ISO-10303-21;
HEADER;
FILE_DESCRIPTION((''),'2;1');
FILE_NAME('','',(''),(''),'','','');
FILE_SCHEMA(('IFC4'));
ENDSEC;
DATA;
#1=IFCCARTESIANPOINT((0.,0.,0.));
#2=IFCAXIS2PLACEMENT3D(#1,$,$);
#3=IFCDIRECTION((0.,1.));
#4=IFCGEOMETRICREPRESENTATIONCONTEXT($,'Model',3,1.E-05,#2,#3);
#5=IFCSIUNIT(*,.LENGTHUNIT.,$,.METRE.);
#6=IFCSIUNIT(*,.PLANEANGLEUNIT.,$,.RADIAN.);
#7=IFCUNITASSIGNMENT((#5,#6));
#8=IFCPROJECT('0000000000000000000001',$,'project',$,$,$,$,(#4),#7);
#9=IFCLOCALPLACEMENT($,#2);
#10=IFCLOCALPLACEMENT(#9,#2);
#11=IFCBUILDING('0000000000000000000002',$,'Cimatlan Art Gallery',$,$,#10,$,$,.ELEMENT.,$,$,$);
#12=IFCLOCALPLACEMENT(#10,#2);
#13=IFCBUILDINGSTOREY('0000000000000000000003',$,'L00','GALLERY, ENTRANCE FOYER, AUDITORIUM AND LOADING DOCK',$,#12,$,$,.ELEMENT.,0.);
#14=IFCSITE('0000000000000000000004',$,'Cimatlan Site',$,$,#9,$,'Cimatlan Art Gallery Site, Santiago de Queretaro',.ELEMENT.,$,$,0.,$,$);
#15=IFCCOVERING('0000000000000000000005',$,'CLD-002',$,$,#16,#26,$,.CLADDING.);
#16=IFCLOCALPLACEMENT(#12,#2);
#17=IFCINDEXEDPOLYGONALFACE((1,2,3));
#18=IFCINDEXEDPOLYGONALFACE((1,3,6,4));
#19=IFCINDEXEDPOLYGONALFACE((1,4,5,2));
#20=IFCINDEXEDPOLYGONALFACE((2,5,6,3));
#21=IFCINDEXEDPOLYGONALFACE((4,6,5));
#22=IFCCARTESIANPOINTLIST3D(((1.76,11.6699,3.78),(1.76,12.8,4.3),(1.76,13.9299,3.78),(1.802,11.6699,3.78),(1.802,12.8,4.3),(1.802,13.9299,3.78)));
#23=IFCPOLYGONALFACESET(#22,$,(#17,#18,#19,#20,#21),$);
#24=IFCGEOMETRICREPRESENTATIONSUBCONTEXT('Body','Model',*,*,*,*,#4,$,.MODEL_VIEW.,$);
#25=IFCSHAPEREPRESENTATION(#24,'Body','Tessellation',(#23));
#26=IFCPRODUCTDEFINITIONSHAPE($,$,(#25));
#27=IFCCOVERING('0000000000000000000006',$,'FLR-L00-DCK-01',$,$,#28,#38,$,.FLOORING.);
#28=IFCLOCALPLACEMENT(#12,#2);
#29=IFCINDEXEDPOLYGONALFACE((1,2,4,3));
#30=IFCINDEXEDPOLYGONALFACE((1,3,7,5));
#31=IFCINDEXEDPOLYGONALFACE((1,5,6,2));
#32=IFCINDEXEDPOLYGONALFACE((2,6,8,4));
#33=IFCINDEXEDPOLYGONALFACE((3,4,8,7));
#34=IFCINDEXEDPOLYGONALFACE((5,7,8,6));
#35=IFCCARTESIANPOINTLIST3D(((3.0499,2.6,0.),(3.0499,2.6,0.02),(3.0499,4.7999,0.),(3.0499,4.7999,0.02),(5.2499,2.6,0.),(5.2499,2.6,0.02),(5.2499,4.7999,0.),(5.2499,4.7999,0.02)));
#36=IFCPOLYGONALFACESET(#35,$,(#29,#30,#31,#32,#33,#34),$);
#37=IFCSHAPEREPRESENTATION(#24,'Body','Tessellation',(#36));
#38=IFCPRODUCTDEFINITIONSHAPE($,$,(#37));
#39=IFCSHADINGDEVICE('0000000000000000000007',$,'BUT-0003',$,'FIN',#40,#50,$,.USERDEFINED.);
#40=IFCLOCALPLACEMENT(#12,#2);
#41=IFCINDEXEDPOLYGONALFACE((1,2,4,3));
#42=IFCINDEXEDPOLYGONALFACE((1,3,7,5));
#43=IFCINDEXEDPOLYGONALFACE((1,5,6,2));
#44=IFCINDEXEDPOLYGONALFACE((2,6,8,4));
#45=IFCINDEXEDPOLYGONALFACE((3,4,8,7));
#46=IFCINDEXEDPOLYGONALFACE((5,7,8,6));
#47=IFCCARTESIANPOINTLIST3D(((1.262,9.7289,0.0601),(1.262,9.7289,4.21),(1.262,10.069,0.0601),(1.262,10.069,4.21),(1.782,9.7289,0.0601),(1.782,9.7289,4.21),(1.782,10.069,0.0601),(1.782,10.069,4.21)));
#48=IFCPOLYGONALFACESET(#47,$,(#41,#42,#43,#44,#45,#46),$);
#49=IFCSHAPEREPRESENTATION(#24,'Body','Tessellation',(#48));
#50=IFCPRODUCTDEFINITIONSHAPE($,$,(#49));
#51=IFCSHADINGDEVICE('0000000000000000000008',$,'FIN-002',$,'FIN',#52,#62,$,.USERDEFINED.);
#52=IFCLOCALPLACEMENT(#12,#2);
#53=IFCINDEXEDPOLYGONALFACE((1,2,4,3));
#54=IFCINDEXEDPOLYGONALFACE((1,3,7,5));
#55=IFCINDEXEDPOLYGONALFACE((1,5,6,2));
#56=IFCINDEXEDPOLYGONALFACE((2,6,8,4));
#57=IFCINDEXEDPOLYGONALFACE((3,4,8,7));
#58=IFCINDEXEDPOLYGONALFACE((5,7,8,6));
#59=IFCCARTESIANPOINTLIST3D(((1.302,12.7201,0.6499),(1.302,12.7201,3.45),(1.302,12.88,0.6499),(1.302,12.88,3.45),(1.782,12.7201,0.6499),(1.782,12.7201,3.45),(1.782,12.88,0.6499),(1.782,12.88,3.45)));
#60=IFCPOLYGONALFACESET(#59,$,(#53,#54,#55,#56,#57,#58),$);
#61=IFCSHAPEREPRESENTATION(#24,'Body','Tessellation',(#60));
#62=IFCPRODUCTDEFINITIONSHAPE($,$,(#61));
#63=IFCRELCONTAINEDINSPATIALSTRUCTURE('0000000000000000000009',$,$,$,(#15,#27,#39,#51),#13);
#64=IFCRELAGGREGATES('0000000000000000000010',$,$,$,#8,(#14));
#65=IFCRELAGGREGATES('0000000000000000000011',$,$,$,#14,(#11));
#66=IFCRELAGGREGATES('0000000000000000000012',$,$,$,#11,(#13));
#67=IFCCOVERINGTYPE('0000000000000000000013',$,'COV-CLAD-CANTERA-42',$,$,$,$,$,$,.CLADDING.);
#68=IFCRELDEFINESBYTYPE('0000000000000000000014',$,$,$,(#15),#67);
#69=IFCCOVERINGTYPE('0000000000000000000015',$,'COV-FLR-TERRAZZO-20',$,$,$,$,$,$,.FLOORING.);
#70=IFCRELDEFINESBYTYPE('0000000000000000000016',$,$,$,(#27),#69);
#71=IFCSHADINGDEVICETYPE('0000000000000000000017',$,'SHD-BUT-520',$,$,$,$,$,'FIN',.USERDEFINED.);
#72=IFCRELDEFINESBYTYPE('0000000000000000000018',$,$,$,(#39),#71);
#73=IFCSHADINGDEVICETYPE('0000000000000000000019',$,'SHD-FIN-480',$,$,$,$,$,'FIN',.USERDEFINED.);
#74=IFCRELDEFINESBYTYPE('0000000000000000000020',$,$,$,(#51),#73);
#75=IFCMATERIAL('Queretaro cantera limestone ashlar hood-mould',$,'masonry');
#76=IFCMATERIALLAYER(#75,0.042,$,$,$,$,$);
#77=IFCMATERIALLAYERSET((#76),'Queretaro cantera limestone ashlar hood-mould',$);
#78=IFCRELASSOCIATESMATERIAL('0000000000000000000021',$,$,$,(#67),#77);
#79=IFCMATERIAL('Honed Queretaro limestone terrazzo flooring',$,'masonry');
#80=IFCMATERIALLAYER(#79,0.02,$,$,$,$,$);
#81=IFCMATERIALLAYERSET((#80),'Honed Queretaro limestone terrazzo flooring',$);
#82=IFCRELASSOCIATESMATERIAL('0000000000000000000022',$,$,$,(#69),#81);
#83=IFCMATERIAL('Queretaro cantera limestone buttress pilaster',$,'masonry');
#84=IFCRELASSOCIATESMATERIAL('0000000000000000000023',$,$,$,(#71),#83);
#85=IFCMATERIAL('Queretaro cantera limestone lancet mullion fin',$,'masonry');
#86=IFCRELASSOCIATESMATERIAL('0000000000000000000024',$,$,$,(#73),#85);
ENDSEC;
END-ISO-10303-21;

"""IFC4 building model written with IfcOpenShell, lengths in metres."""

from ifc_helpers import new_model, si_unit, direction, frame, origin, origin_2d, place, context, subcontext, project, spatial, polyline, rectangle, outline, extrude, material, layer, layer_set, type_object, element, save


model = new_model("IFC4")

# Units and contexts
model_context = context("Model", 3, precision=1e-05, world=origin(), true_north=direction((0.0, 1.0)))
body_context = subcontext(model_context, "Body", "Model", "MODEL_VIEW")
ifc_project = project(units=[si_unit("LENGTHUNIT", "METRE"), si_unit("PLANEANGLEUNIT", "RADIAN")], contexts=[model_context])

# Site, building, storey
site_placement = place(None, origin())
site = spatial("IfcSite", under=ifc_project, at=site_placement, Name="Cimatlan Site", LongName="Cimatlan Art Gallery Site, Santiago de Queretaro", CompositionType="ELEMENT", RefElevation=0.0)
building_placement = place(site_placement, origin())
building = spatial("IfcBuilding", under=site, at=building_placement, Name="Cimatlan Art Gallery", CompositionType="ELEMENT")
storey_placement = place(building_placement, origin())
storey = spatial("IfcBuildingStorey", under=building, at=storey_placement, Name="L00", Description="GALLERY, ENTRANCE FOYER, AUDITORIUM AND LOADING DOCK", CompositionType="ELEMENT", Elevation=0.0)

# Coverings
ifc_material_1 = material(Name="Queretaro cantera limestone ashlar hood-mould", Category="masonry")
ifc_layer_1 = layer(ifc_material_1, 0.042)
ifc_layer_set_1 = layer_set([ifc_layer_1], Name="Queretaro cantera limestone ashlar hood-mould")
covering_type_1 = type_object("IfcCoveringType", Name="COV-CLAD-CANTERA-42", PredefinedType="CLADDING", material=ifc_layer_set_1)
covering_1_placement = place(storey_placement, frame((1.802, 11.6699, 3.78), z_axis=(1.0, 0.0, 0.0), x_axis=(0.0, 1.0, 0.0)))
element("IfcCovering", 1, at=covering_1_placement, inside=storey, type_object=covering_type_1, Name="CLD-002", PredefinedType="CLADDING", context=body_context, shape_type="SweptSolid", body=[
    extrude(outline(polyline([(0.0, 0.0), (2.26, 0.0), (1.1301, 0.52), (0.0, 0.0)])), origin(), (0.0, 0.0, -1.0), 0.042),
])
ifc_material_2 = material(Name="Honed Queretaro limestone terrazzo flooring", Category="masonry")
ifc_layer_2 = layer(ifc_material_2, 0.02)
ifc_layer_set_2 = layer_set([ifc_layer_2], Name="Honed Queretaro limestone terrazzo flooring")
covering_type_2 = type_object("IfcCoveringType", Name="COV-FLR-TERRAZZO-20", PredefinedType="FLOORING", material=ifc_layer_set_2)
covering_2_placement = place(storey_placement, frame((4.1499, 3.7, 0.0), z_axis=(0.0, 0.0, 1.0), x_axis=(1.0, 0.0, 0.0)))
element("IfcCovering", 2, at=covering_2_placement, inside=storey, type_object=covering_type_2, Name="FLR-L00-DCK-01", PredefinedType="FLOORING", context=body_context, shape_type="SweptSolid", body=[
    extrude(rectangle(XDim=2.2, YDim=2.2, at=origin_2d()), origin(), (0.0, 0.0, 1.0), 0.02),
])

# Shading devices
ifc_material_3 = material(Name="Queretaro cantera limestone buttress pilaster", Category="masonry")
shading_device_type_1 = type_object("IfcShadingDeviceType", Name="SHD-BUT-520", ElementType="FIN", PredefinedType="USERDEFINED", material=ifc_material_3)
shading_device_1_placement = place(storey_placement, frame((1.522, 9.8989, 0.0601), z_axis=(0.0, 0.0, 1.0), x_axis=(0.0, 1.0, 0.0)))
element("IfcShadingDevice", 3, at=shading_device_1_placement, inside=storey, type_object=shading_device_type_1, Name="BUT-0003", ObjectType="FIN", PredefinedType="USERDEFINED", context=body_context, shape_type="SweptSolid", body=[
    extrude(rectangle(XDim=0.3401, YDim=0.52, at=origin_2d()), origin(), (0.0, 0.0, 1.0), 4.1499),
])
ifc_material_4 = material(Name="Queretaro cantera limestone lancet mullion fin", Category="masonry")
shading_device_type_2 = type_object("IfcShadingDeviceType", Name="SHD-FIN-480", ElementType="FIN", PredefinedType="USERDEFINED", material=ifc_material_4)
shading_device_2_placement = place(storey_placement, frame((1.542, 12.8, 0.6499), z_axis=(0.0, 0.0, 1.0), x_axis=(0.0, 1.0, 0.0)))
element("IfcShadingDevice", 4, at=shading_device_2_placement, inside=storey, type_object=shading_device_type_2, Name="FIN-002", ObjectType="FIN", PredefinedType="USERDEFINED", context=body_context, shape_type="SweptSolid", body=[
    extrude(rectangle(XDim=0.1599, YDim=0.48, at=origin_2d()), origin(), (0.0, 0.0, 1.0), 2.8),
])

save(model, "model.ifc")
